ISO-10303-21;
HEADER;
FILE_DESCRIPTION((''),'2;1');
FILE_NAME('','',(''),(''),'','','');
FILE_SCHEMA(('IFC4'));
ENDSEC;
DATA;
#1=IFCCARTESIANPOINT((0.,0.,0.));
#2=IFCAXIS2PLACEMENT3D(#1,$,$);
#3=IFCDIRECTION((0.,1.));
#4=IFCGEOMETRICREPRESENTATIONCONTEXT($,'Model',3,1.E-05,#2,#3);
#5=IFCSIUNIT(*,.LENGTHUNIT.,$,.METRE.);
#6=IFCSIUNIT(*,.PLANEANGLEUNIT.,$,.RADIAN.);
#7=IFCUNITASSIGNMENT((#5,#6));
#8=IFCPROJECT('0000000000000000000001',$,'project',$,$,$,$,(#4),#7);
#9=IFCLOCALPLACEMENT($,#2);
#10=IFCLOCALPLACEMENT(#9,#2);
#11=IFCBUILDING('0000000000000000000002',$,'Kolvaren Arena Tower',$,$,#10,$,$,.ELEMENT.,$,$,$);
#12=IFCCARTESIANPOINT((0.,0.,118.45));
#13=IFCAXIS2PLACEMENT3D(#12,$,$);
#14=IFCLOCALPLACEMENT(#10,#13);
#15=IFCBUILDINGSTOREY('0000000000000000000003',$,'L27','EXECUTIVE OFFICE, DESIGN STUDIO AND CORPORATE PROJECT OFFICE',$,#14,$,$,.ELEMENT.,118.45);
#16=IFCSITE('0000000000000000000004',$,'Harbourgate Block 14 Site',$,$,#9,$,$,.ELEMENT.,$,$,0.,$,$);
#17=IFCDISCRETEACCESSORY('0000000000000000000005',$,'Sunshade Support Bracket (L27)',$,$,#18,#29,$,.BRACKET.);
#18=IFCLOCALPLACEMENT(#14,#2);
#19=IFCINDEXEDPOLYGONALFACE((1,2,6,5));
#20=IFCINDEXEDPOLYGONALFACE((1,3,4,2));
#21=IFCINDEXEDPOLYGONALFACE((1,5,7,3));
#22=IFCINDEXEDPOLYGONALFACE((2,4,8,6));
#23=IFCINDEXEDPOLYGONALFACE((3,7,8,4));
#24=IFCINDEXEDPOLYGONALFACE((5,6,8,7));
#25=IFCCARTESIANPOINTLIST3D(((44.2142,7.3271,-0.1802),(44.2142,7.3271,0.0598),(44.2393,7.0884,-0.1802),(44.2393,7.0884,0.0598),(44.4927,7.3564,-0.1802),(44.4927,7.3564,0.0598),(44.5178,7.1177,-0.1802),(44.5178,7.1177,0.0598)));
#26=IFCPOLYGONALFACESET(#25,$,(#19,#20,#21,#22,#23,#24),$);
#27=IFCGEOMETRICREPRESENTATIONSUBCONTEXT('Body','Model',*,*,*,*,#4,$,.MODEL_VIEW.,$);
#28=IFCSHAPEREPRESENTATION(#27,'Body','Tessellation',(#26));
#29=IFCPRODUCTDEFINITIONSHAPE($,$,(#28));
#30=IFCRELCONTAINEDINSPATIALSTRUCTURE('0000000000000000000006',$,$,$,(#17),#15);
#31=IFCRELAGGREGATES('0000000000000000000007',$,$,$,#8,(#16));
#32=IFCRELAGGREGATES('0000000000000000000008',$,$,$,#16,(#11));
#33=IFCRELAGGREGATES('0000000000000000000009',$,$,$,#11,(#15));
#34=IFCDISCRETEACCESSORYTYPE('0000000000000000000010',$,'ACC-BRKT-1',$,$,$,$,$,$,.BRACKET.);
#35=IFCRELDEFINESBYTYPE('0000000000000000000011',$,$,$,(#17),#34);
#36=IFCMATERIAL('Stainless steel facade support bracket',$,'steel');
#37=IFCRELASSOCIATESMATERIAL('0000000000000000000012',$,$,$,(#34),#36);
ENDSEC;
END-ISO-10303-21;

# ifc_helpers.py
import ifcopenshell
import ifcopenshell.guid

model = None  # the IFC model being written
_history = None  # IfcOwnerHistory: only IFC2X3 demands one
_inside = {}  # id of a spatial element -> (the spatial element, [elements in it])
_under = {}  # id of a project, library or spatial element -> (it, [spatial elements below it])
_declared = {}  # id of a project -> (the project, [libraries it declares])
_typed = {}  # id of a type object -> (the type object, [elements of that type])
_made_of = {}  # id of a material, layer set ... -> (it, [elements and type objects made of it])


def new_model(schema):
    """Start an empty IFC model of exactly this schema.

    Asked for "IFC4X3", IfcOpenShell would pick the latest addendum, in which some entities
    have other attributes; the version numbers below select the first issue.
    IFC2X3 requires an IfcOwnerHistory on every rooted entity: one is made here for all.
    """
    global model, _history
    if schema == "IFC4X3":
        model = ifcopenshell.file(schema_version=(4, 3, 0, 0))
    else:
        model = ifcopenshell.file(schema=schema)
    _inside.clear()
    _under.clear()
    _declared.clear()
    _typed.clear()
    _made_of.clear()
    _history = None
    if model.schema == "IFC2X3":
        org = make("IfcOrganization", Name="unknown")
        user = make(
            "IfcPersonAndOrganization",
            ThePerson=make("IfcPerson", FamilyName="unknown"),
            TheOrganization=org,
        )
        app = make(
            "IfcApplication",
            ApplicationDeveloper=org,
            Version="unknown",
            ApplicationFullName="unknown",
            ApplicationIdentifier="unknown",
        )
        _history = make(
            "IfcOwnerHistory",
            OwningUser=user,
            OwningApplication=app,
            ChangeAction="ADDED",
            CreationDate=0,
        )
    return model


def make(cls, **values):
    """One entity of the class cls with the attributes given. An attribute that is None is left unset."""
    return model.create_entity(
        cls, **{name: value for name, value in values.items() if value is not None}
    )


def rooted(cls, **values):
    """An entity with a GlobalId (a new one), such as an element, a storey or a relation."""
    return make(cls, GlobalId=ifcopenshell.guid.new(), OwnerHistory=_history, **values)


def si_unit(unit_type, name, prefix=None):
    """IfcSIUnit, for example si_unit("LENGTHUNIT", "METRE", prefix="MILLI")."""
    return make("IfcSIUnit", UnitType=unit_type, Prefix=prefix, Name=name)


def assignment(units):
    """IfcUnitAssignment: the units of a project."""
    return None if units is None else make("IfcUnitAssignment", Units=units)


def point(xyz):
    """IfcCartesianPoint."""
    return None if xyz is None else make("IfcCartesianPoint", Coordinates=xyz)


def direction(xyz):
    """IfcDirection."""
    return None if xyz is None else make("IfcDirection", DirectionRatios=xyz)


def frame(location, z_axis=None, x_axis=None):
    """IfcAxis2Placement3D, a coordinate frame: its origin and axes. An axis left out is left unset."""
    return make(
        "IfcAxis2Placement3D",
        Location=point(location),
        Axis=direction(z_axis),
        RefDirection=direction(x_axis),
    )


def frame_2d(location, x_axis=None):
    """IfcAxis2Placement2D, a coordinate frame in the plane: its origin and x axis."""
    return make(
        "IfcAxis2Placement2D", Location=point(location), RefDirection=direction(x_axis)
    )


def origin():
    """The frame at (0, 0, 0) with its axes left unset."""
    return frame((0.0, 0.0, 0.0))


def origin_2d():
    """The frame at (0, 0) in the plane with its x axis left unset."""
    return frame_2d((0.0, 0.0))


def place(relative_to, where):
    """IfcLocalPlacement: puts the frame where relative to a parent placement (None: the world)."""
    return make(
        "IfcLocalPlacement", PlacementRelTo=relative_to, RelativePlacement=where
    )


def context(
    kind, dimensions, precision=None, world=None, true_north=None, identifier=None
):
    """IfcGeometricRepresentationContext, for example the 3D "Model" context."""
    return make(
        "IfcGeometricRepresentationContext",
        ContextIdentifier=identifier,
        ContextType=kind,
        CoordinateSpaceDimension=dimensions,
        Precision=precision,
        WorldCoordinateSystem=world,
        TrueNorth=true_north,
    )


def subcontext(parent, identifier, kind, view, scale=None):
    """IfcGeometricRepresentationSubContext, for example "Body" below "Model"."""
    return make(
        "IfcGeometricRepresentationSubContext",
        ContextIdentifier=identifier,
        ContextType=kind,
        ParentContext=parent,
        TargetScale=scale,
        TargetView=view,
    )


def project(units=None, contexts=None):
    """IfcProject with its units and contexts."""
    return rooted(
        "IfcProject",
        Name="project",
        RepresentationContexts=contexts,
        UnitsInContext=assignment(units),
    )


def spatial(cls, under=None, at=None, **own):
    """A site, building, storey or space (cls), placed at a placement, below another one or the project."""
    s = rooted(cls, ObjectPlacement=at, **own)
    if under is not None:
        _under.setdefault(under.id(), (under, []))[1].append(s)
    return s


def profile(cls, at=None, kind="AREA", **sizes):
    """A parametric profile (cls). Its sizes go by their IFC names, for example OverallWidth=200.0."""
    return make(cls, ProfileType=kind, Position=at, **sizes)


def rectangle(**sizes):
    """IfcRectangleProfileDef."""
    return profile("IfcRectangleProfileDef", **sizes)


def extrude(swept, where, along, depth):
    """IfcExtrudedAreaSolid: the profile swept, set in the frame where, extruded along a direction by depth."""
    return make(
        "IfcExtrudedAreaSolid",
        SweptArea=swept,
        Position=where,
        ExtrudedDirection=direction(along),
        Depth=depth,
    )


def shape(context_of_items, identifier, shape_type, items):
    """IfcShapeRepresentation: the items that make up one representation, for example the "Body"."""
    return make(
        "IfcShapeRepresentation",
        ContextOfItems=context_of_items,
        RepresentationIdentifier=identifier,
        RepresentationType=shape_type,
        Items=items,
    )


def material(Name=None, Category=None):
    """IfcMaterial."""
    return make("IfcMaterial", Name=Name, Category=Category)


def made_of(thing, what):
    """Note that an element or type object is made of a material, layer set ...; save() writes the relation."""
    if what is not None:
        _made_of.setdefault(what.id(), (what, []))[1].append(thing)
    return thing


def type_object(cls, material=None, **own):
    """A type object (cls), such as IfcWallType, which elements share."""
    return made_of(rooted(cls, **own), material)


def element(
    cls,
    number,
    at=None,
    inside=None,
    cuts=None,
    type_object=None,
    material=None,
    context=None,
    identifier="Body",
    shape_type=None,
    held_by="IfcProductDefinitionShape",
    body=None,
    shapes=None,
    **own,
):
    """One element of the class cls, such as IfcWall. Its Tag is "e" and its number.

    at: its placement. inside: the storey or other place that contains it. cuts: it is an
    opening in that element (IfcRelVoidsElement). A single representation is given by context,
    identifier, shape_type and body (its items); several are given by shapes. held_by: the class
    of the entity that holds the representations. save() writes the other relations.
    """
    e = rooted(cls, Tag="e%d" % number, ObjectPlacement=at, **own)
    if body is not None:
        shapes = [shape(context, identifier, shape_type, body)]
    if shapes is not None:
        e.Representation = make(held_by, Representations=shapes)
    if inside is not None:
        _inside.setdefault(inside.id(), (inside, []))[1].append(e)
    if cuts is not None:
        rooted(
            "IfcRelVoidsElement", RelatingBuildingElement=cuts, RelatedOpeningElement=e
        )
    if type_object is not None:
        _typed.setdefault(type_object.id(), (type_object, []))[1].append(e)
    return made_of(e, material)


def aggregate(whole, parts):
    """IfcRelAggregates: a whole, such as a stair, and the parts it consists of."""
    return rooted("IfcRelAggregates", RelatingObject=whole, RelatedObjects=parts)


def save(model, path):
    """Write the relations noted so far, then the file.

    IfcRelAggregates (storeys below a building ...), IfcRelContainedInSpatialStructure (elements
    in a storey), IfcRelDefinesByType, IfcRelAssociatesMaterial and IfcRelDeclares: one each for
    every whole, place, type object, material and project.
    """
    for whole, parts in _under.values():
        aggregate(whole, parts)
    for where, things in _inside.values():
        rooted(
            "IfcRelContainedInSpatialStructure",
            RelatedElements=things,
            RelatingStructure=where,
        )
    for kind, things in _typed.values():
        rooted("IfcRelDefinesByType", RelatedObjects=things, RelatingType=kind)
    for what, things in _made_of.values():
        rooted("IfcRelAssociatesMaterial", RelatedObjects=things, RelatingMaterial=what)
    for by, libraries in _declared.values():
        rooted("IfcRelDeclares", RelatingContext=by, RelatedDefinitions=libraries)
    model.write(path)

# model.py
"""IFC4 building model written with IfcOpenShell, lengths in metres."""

from ifc_helpers import new_model, si_unit, direction, frame, origin, origin_2d, place, context, subcontext, project, spatial, rectangle, extrude, material, type_object, element, save


model = new_model("IFC4")

# Units and contexts
model_context = context("Model", 3, precision=1e-05, world=origin(), true_north=direction((0.0, 1.0)))
body_context = subcontext(model_context, "Body", "Model", "MODEL_VIEW")
ifc_project = project(units=[si_unit("LENGTHUNIT", "METRE"), si_unit("PLANEANGLEUNIT", "RADIAN")], contexts=[model_context])

# Site, building, storey
site_placement = place(None, origin())
site = spatial("IfcSite", under=ifc_project, at=site_placement, Name="Harbourgate Block 14 Site", CompositionType="ELEMENT", RefElevation=0.0)
building_placement = place(site_placement, origin())
building = spatial("IfcBuilding", under=site, at=building_placement, Name="Kolvaren Arena Tower", CompositionType="ELEMENT")
storey_placement = place(building_placement, frame((0.0, 0.0, 118.45)))
storey = spatial("IfcBuildingStorey", under=building, at=storey_placement, Name="L27", Description="EXECUTIVE OFFICE, DESIGN STUDIO AND CORPORATE PROJECT OFFICE", CompositionType="ELEMENT", Elevation=118.45)

# Discrete accessory
ifc_material_1 = material(Name="Stainless steel facade support bracket", Category="steel")
discrete_accessory_type = type_object("IfcDiscreteAccessoryType", Name="ACC-BRKT-1", PredefinedType="BRACKET", material=ifc_material_1)
for number, where, z_axis, x_axis, name in (
    (1, (44.366, 7.2224, -0.1802), (0.0, 0.0, 1.0), (-0.994522, -0.104527, 0.0), "Sunshade Support Bracket (L27)"),
):
    element("IfcDiscreteAccessory", number, at=place(storey_placement, frame(where, z_axis=z_axis, x_axis=x_axis)), inside=storey, type_object=discrete_accessory_type, Name=name, PredefinedType="BRACKET", context=body_context, shape_type="SweptSolid", body=[
        extrude(rectangle(XDim=0.28, YDim=0.24, at=origin_2d()), origin(), (0.0, 0.0, 1.0), 0.24),
    ])

save(model, "model.ifc")
